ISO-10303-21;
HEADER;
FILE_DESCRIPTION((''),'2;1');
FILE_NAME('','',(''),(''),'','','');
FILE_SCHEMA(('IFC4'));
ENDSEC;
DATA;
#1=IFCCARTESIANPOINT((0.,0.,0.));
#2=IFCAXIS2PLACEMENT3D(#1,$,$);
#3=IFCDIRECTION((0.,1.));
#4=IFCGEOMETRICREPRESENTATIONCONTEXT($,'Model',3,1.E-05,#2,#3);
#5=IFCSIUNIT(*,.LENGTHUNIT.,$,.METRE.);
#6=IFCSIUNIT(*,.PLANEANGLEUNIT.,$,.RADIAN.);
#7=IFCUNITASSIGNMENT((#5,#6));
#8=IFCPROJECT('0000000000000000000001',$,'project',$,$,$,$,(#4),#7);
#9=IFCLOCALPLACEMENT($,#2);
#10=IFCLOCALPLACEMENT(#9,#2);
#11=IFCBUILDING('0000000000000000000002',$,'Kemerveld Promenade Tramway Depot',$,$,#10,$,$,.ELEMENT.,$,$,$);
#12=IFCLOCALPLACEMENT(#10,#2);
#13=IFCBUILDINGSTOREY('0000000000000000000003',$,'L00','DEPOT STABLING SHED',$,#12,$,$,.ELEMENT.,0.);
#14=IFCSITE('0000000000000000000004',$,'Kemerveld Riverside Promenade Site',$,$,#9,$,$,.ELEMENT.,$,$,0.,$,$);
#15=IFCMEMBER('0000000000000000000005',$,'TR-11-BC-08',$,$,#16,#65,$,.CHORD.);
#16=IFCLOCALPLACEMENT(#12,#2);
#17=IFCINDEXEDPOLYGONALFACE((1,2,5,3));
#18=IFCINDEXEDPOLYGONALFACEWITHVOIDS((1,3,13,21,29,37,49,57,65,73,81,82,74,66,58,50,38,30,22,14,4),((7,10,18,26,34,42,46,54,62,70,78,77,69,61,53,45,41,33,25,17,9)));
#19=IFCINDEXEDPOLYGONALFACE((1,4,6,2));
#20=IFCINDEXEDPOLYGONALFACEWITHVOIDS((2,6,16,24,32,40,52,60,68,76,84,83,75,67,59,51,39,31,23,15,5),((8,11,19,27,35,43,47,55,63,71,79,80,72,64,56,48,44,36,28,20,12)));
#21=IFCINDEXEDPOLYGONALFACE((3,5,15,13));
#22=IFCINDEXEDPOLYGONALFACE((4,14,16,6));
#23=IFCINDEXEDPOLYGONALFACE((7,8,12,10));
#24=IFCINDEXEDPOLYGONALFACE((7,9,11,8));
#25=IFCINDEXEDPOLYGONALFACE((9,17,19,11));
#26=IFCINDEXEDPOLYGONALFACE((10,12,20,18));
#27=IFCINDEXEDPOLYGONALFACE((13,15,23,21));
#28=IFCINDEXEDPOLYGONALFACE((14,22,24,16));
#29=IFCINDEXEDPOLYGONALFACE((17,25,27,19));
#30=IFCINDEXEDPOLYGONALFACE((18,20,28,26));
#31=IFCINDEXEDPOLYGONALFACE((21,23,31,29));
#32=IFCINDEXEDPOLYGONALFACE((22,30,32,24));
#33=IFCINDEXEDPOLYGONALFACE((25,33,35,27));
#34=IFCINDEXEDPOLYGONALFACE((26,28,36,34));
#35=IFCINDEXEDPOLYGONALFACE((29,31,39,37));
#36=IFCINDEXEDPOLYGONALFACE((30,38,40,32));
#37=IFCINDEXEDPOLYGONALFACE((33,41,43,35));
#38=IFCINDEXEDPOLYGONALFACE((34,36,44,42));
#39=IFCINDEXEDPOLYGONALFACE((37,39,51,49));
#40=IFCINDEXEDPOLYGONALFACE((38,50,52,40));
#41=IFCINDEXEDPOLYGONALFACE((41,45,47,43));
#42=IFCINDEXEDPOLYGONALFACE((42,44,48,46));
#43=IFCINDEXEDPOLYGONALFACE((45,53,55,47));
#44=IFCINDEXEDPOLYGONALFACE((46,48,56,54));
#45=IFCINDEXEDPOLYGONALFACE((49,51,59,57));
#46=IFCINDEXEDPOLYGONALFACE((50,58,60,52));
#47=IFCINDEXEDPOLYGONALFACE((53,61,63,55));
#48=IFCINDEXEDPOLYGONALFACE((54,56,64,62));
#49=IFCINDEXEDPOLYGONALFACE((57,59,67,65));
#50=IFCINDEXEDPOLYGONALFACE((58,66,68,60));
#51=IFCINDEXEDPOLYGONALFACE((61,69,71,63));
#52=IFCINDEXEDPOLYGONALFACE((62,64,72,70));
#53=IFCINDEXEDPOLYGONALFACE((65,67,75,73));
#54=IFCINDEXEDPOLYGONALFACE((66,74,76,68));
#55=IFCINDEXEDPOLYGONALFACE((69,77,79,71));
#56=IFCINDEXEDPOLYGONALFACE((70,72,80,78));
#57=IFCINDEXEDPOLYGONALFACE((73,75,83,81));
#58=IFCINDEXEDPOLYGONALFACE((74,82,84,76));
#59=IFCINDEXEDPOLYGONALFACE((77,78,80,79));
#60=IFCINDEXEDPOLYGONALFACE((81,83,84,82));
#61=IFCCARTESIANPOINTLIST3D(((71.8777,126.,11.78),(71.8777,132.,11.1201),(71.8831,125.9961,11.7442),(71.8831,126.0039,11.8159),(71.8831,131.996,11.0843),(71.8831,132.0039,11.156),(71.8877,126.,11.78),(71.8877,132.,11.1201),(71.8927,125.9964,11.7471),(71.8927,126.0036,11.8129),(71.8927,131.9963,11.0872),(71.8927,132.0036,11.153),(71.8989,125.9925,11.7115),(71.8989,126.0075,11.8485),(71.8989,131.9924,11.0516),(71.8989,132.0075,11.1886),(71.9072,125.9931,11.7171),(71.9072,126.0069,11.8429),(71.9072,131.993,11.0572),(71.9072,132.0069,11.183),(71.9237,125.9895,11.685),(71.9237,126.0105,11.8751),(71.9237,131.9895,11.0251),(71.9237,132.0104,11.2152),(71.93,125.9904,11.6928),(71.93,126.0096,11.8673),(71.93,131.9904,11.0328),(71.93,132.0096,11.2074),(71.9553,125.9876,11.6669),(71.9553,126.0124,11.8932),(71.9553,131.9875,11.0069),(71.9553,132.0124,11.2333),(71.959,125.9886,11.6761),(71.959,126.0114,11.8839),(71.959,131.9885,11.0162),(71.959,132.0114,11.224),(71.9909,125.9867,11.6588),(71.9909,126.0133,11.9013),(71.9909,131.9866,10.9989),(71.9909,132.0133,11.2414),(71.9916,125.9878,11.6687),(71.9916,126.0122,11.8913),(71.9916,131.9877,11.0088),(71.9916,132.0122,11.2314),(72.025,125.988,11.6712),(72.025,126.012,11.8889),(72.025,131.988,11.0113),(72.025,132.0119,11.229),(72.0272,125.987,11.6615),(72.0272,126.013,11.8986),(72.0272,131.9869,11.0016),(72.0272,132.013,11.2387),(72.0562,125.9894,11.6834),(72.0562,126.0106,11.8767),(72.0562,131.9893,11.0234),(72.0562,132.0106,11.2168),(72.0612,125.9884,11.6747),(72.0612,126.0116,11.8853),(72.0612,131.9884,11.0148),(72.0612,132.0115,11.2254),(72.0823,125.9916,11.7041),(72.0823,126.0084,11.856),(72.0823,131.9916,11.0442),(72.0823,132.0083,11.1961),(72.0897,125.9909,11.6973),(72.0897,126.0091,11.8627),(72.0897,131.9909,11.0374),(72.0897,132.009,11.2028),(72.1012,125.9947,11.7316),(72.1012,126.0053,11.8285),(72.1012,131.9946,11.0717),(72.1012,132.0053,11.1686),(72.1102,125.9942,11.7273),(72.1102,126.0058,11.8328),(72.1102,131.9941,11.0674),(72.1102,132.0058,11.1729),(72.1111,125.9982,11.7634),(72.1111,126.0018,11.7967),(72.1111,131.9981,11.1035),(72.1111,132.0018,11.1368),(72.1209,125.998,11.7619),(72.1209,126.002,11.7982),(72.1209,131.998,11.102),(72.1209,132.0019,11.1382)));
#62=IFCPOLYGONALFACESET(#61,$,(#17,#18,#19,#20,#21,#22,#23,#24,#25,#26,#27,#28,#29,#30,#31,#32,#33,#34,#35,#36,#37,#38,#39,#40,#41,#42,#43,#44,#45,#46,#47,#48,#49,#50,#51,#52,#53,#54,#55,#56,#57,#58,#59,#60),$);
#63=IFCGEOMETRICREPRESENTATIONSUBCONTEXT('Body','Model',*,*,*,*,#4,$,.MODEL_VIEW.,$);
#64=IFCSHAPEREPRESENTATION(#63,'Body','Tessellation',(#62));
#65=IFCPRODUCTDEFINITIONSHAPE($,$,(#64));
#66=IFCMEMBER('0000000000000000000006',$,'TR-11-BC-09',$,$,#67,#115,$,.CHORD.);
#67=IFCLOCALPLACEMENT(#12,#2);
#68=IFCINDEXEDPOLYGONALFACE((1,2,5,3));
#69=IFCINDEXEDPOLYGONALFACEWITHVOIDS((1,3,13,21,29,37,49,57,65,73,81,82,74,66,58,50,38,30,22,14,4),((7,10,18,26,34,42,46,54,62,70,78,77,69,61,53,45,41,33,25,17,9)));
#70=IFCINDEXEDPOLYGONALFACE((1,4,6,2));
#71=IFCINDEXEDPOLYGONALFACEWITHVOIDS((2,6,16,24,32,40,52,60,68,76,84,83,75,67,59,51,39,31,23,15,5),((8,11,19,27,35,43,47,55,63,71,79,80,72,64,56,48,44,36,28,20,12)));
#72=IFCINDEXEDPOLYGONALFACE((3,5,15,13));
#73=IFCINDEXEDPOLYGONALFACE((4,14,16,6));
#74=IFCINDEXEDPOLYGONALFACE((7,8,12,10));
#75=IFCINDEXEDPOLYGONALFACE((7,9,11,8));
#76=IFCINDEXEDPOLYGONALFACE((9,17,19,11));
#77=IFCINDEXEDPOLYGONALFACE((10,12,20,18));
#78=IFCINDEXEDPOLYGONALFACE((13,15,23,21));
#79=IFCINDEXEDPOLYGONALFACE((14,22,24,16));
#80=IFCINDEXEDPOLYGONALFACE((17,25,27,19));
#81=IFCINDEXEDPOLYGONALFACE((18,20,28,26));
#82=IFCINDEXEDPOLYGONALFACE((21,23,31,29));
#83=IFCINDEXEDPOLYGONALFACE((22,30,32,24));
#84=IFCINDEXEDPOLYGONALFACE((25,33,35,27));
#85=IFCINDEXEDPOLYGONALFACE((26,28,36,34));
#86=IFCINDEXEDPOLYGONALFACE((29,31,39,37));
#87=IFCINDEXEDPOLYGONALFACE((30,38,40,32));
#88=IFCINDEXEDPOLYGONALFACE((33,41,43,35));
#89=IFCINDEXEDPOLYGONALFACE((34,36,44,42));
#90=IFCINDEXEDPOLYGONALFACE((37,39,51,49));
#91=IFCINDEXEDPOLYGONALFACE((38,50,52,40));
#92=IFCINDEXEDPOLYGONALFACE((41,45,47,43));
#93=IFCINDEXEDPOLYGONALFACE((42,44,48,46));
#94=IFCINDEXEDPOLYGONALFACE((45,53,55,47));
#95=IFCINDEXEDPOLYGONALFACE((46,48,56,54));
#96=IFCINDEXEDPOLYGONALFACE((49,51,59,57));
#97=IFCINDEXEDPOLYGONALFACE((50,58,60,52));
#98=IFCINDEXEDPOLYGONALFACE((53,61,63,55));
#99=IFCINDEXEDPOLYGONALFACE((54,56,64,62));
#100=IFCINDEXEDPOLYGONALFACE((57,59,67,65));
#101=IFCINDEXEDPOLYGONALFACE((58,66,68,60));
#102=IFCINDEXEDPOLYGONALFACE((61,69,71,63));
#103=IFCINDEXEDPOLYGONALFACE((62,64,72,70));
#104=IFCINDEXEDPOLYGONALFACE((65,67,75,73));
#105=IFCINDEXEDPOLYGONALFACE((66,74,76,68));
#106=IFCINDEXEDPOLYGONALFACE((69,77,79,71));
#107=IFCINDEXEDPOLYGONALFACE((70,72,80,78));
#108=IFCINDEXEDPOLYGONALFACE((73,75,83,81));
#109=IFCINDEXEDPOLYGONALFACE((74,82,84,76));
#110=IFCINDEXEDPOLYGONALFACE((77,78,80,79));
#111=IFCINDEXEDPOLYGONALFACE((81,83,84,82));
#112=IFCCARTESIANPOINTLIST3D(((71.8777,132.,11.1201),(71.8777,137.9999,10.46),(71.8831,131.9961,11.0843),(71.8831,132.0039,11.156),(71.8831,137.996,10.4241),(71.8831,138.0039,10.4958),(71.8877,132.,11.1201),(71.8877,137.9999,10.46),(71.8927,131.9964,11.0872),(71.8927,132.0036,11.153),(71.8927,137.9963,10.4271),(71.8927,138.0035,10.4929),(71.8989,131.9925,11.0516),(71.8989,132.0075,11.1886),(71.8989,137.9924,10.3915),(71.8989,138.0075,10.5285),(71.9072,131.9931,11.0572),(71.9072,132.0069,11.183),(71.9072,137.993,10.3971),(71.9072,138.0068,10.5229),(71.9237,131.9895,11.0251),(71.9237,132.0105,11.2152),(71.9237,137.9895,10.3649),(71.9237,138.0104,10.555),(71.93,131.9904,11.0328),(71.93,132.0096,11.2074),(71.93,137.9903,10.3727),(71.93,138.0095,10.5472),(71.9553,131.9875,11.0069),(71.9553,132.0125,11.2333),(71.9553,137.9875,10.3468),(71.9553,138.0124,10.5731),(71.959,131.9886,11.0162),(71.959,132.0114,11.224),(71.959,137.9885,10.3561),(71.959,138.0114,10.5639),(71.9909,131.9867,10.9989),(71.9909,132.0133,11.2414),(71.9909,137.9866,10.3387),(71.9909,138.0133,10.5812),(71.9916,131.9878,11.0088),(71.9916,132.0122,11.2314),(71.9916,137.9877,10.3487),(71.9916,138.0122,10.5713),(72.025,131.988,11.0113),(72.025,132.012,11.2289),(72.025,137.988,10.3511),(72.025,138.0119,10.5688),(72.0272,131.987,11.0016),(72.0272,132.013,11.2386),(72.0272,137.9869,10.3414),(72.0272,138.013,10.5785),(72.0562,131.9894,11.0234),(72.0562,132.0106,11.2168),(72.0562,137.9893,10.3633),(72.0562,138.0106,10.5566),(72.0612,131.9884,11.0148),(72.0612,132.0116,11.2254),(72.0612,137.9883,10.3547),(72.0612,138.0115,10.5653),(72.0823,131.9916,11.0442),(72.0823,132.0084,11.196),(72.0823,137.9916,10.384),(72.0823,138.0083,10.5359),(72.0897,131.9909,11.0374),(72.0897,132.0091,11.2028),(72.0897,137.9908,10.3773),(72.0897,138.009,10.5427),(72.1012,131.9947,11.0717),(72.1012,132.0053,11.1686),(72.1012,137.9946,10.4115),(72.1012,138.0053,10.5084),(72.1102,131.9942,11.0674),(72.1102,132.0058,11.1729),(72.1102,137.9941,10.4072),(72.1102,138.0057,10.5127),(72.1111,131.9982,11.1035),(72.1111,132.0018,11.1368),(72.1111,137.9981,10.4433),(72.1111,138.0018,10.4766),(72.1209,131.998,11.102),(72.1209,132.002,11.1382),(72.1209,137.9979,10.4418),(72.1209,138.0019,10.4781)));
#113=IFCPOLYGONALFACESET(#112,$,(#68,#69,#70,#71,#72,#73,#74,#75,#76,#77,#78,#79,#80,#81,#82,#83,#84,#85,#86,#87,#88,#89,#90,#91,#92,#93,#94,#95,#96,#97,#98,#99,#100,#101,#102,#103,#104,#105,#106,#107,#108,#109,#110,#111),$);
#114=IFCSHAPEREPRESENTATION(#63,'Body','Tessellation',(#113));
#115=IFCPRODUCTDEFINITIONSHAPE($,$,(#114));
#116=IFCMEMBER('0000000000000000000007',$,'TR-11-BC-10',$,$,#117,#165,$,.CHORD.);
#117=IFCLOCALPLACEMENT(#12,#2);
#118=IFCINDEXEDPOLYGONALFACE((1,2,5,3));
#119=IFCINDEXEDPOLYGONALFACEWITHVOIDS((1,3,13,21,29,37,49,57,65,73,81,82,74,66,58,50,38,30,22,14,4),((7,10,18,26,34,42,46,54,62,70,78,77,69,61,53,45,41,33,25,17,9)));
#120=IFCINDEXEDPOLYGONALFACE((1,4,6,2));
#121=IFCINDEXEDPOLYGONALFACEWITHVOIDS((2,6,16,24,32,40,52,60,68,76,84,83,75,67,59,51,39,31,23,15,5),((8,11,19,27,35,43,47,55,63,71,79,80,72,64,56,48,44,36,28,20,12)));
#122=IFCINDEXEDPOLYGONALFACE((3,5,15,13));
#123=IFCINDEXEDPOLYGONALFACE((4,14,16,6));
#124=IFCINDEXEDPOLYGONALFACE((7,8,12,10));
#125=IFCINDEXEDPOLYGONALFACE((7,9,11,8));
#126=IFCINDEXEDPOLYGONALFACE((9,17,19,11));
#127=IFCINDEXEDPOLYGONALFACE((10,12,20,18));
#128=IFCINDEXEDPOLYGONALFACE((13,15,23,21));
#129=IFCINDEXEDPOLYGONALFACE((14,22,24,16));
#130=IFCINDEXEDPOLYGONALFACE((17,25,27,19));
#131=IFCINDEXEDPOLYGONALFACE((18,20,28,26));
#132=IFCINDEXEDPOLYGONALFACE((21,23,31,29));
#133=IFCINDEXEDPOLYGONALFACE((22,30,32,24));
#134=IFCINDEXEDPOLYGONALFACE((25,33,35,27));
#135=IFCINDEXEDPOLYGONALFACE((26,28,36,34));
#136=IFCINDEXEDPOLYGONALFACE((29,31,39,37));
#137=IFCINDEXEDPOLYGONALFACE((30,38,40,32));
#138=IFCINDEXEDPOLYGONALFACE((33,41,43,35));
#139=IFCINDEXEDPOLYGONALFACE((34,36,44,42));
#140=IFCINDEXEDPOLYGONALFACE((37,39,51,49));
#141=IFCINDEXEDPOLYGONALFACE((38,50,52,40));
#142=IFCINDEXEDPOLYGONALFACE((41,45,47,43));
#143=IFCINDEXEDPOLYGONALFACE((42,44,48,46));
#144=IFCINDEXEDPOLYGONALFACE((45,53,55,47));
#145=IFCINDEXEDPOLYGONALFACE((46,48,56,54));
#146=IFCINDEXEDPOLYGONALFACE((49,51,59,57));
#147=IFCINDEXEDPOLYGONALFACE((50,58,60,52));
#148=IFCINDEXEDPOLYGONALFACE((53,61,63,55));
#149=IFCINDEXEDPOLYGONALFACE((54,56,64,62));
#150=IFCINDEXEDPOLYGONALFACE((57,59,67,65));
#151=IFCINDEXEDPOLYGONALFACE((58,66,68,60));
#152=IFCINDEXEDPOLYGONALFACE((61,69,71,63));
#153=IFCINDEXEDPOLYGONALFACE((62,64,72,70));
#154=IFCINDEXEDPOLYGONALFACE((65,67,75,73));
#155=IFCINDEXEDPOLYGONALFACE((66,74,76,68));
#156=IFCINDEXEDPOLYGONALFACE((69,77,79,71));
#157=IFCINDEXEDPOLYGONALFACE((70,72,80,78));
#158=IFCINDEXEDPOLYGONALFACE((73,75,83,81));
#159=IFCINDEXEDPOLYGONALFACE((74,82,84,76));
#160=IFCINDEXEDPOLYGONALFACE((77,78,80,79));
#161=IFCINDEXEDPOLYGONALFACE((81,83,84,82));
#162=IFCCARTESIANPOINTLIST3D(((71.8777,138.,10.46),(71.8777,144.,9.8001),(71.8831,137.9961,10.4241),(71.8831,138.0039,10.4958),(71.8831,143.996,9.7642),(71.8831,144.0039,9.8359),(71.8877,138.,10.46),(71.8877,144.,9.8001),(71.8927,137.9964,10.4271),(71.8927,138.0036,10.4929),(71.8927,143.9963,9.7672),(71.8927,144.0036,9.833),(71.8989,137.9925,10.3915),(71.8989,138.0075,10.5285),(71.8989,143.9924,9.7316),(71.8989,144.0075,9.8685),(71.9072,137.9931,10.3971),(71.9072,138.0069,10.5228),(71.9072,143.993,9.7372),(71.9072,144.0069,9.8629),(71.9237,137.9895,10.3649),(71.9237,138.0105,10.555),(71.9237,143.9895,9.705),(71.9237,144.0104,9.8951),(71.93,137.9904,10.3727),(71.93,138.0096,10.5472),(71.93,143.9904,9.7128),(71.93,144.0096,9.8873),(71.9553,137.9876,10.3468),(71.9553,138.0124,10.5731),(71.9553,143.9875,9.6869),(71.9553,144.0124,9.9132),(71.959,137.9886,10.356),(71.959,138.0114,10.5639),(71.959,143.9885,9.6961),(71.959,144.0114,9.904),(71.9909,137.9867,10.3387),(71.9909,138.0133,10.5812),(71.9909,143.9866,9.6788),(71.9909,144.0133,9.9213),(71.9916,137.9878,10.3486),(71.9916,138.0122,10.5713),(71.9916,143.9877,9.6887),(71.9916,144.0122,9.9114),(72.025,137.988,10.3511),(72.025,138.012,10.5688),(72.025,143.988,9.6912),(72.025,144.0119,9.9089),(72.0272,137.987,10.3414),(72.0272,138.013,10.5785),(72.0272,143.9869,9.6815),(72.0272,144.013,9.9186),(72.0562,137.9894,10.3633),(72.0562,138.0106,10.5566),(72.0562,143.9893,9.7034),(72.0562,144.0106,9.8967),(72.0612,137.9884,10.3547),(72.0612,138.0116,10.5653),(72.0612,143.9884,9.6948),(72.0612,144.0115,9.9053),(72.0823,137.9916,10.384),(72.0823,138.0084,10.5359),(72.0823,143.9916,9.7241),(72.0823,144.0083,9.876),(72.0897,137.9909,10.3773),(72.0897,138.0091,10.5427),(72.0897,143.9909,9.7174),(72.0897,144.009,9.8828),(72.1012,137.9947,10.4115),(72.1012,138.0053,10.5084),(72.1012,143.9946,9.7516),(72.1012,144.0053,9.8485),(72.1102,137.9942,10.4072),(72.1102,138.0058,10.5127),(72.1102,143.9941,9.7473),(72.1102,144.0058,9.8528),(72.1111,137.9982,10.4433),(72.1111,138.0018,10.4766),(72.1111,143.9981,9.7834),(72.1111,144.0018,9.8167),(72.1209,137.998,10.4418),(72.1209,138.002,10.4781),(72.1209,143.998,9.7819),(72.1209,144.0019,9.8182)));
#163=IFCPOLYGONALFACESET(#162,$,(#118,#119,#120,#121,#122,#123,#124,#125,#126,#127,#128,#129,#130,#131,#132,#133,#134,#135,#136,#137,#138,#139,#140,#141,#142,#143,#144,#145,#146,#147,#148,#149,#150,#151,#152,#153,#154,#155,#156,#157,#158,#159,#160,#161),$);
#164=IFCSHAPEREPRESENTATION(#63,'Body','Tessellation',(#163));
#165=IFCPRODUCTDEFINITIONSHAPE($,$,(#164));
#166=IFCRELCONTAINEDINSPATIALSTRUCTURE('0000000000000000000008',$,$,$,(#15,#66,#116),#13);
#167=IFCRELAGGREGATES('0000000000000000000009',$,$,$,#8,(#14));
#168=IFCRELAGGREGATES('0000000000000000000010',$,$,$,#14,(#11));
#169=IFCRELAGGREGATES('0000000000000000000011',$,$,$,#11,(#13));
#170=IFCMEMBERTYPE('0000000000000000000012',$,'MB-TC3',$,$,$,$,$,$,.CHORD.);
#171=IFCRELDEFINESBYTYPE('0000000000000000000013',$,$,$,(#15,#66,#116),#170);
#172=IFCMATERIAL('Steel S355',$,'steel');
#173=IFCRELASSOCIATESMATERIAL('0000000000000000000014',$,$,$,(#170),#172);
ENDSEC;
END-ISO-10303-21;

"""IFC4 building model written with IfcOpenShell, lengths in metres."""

from ifc_helpers import new_model, si_unit, direction, frame, origin, origin_2d, place, context, subcontext, project, spatial, hollow_circle, extrude, material, material_profile, profile_set, type_object, element, save


model = new_model("IFC4")

# Units and contexts
model_context = context("Model", 3, precision=1e-05, world=origin(), true_north=direction((0.0, 1.0)))
body_context = subcontext(model_context, "Body", "Model", "MODEL_VIEW")
ifc_project = project(units=[si_unit("LENGTHUNIT", "METRE"), si_unit("PLANEANGLEUNIT", "RADIAN")], contexts=[model_context])

# Site, building, storey
site_placement = place(None, origin())
site = spatial("IfcSite", under=ifc_project, at=site_placement, Name="Kemerveld Riverside Promenade Site", CompositionType="ELEMENT", RefElevation=0.0)
building_placement = place(site_placement, origin())
building = spatial("IfcBuilding", under=site, at=building_placement, Name="Kemerveld Promenade Tramway Depot", CompositionType="ELEMENT")
storey_placement = place(building_placement, origin())
storey = spatial("IfcBuildingStorey", under=building, at=storey_placement, Name="L00", Description="DEPOT STABLING SHED", CompositionType="ELEMENT", Elevation=0.0)

# Members
ifc_material_1 = material(Name="Steel S355", Category="steel")
ifc_material_profile_1 = material_profile(ifc_material_1, hollow_circle(Radius=0.1223, WallThickness=0.01, at=origin_2d()), Name="244.5x10.0 CHS")
ifc_profile_set_1 = profile_set([ifc_material_profile_1], Name="Steel S355")
member_type_1 = type_object("IfcMemberType", Name="MB-TC3", PredefinedType="CHORD", material=ifc_profile_set_1)
for number, where, z_axis, x_axis, name in (
    (1, (72.0, 126.0, 11.78), (0.0, 0.994006, -0.109326), (-1.0, 0.0, 0.0), "TR-11-BC-08"),
    (2, (72.0, 132.0, 11.1201), (0.0, 0.994002, -0.109366), (-1.0, 0.0, 0.0), "TR-11-BC-09"),
    (3, (72.0, 138.0, 10.46), (0.0, 0.994006, -0.109326), (-1.0, 0.0, 0.0), "TR-11-BC-10"),
):
    element("IfcMember", number, at=place(storey_placement, frame(where, z_axis=z_axis, x_axis=x_axis)), inside=storey, type_object=member_type_1, Name=name, PredefinedType="CHORD", context=body_context, shape_type="SweptSolid", body=[
        extrude(hollow_circle(Radius=0.1223, WallThickness=0.01, at=origin_2d()), origin(), (0.0, 0.0, 1.0), 6.0361),
    ])

save(model, "model.ifc")
